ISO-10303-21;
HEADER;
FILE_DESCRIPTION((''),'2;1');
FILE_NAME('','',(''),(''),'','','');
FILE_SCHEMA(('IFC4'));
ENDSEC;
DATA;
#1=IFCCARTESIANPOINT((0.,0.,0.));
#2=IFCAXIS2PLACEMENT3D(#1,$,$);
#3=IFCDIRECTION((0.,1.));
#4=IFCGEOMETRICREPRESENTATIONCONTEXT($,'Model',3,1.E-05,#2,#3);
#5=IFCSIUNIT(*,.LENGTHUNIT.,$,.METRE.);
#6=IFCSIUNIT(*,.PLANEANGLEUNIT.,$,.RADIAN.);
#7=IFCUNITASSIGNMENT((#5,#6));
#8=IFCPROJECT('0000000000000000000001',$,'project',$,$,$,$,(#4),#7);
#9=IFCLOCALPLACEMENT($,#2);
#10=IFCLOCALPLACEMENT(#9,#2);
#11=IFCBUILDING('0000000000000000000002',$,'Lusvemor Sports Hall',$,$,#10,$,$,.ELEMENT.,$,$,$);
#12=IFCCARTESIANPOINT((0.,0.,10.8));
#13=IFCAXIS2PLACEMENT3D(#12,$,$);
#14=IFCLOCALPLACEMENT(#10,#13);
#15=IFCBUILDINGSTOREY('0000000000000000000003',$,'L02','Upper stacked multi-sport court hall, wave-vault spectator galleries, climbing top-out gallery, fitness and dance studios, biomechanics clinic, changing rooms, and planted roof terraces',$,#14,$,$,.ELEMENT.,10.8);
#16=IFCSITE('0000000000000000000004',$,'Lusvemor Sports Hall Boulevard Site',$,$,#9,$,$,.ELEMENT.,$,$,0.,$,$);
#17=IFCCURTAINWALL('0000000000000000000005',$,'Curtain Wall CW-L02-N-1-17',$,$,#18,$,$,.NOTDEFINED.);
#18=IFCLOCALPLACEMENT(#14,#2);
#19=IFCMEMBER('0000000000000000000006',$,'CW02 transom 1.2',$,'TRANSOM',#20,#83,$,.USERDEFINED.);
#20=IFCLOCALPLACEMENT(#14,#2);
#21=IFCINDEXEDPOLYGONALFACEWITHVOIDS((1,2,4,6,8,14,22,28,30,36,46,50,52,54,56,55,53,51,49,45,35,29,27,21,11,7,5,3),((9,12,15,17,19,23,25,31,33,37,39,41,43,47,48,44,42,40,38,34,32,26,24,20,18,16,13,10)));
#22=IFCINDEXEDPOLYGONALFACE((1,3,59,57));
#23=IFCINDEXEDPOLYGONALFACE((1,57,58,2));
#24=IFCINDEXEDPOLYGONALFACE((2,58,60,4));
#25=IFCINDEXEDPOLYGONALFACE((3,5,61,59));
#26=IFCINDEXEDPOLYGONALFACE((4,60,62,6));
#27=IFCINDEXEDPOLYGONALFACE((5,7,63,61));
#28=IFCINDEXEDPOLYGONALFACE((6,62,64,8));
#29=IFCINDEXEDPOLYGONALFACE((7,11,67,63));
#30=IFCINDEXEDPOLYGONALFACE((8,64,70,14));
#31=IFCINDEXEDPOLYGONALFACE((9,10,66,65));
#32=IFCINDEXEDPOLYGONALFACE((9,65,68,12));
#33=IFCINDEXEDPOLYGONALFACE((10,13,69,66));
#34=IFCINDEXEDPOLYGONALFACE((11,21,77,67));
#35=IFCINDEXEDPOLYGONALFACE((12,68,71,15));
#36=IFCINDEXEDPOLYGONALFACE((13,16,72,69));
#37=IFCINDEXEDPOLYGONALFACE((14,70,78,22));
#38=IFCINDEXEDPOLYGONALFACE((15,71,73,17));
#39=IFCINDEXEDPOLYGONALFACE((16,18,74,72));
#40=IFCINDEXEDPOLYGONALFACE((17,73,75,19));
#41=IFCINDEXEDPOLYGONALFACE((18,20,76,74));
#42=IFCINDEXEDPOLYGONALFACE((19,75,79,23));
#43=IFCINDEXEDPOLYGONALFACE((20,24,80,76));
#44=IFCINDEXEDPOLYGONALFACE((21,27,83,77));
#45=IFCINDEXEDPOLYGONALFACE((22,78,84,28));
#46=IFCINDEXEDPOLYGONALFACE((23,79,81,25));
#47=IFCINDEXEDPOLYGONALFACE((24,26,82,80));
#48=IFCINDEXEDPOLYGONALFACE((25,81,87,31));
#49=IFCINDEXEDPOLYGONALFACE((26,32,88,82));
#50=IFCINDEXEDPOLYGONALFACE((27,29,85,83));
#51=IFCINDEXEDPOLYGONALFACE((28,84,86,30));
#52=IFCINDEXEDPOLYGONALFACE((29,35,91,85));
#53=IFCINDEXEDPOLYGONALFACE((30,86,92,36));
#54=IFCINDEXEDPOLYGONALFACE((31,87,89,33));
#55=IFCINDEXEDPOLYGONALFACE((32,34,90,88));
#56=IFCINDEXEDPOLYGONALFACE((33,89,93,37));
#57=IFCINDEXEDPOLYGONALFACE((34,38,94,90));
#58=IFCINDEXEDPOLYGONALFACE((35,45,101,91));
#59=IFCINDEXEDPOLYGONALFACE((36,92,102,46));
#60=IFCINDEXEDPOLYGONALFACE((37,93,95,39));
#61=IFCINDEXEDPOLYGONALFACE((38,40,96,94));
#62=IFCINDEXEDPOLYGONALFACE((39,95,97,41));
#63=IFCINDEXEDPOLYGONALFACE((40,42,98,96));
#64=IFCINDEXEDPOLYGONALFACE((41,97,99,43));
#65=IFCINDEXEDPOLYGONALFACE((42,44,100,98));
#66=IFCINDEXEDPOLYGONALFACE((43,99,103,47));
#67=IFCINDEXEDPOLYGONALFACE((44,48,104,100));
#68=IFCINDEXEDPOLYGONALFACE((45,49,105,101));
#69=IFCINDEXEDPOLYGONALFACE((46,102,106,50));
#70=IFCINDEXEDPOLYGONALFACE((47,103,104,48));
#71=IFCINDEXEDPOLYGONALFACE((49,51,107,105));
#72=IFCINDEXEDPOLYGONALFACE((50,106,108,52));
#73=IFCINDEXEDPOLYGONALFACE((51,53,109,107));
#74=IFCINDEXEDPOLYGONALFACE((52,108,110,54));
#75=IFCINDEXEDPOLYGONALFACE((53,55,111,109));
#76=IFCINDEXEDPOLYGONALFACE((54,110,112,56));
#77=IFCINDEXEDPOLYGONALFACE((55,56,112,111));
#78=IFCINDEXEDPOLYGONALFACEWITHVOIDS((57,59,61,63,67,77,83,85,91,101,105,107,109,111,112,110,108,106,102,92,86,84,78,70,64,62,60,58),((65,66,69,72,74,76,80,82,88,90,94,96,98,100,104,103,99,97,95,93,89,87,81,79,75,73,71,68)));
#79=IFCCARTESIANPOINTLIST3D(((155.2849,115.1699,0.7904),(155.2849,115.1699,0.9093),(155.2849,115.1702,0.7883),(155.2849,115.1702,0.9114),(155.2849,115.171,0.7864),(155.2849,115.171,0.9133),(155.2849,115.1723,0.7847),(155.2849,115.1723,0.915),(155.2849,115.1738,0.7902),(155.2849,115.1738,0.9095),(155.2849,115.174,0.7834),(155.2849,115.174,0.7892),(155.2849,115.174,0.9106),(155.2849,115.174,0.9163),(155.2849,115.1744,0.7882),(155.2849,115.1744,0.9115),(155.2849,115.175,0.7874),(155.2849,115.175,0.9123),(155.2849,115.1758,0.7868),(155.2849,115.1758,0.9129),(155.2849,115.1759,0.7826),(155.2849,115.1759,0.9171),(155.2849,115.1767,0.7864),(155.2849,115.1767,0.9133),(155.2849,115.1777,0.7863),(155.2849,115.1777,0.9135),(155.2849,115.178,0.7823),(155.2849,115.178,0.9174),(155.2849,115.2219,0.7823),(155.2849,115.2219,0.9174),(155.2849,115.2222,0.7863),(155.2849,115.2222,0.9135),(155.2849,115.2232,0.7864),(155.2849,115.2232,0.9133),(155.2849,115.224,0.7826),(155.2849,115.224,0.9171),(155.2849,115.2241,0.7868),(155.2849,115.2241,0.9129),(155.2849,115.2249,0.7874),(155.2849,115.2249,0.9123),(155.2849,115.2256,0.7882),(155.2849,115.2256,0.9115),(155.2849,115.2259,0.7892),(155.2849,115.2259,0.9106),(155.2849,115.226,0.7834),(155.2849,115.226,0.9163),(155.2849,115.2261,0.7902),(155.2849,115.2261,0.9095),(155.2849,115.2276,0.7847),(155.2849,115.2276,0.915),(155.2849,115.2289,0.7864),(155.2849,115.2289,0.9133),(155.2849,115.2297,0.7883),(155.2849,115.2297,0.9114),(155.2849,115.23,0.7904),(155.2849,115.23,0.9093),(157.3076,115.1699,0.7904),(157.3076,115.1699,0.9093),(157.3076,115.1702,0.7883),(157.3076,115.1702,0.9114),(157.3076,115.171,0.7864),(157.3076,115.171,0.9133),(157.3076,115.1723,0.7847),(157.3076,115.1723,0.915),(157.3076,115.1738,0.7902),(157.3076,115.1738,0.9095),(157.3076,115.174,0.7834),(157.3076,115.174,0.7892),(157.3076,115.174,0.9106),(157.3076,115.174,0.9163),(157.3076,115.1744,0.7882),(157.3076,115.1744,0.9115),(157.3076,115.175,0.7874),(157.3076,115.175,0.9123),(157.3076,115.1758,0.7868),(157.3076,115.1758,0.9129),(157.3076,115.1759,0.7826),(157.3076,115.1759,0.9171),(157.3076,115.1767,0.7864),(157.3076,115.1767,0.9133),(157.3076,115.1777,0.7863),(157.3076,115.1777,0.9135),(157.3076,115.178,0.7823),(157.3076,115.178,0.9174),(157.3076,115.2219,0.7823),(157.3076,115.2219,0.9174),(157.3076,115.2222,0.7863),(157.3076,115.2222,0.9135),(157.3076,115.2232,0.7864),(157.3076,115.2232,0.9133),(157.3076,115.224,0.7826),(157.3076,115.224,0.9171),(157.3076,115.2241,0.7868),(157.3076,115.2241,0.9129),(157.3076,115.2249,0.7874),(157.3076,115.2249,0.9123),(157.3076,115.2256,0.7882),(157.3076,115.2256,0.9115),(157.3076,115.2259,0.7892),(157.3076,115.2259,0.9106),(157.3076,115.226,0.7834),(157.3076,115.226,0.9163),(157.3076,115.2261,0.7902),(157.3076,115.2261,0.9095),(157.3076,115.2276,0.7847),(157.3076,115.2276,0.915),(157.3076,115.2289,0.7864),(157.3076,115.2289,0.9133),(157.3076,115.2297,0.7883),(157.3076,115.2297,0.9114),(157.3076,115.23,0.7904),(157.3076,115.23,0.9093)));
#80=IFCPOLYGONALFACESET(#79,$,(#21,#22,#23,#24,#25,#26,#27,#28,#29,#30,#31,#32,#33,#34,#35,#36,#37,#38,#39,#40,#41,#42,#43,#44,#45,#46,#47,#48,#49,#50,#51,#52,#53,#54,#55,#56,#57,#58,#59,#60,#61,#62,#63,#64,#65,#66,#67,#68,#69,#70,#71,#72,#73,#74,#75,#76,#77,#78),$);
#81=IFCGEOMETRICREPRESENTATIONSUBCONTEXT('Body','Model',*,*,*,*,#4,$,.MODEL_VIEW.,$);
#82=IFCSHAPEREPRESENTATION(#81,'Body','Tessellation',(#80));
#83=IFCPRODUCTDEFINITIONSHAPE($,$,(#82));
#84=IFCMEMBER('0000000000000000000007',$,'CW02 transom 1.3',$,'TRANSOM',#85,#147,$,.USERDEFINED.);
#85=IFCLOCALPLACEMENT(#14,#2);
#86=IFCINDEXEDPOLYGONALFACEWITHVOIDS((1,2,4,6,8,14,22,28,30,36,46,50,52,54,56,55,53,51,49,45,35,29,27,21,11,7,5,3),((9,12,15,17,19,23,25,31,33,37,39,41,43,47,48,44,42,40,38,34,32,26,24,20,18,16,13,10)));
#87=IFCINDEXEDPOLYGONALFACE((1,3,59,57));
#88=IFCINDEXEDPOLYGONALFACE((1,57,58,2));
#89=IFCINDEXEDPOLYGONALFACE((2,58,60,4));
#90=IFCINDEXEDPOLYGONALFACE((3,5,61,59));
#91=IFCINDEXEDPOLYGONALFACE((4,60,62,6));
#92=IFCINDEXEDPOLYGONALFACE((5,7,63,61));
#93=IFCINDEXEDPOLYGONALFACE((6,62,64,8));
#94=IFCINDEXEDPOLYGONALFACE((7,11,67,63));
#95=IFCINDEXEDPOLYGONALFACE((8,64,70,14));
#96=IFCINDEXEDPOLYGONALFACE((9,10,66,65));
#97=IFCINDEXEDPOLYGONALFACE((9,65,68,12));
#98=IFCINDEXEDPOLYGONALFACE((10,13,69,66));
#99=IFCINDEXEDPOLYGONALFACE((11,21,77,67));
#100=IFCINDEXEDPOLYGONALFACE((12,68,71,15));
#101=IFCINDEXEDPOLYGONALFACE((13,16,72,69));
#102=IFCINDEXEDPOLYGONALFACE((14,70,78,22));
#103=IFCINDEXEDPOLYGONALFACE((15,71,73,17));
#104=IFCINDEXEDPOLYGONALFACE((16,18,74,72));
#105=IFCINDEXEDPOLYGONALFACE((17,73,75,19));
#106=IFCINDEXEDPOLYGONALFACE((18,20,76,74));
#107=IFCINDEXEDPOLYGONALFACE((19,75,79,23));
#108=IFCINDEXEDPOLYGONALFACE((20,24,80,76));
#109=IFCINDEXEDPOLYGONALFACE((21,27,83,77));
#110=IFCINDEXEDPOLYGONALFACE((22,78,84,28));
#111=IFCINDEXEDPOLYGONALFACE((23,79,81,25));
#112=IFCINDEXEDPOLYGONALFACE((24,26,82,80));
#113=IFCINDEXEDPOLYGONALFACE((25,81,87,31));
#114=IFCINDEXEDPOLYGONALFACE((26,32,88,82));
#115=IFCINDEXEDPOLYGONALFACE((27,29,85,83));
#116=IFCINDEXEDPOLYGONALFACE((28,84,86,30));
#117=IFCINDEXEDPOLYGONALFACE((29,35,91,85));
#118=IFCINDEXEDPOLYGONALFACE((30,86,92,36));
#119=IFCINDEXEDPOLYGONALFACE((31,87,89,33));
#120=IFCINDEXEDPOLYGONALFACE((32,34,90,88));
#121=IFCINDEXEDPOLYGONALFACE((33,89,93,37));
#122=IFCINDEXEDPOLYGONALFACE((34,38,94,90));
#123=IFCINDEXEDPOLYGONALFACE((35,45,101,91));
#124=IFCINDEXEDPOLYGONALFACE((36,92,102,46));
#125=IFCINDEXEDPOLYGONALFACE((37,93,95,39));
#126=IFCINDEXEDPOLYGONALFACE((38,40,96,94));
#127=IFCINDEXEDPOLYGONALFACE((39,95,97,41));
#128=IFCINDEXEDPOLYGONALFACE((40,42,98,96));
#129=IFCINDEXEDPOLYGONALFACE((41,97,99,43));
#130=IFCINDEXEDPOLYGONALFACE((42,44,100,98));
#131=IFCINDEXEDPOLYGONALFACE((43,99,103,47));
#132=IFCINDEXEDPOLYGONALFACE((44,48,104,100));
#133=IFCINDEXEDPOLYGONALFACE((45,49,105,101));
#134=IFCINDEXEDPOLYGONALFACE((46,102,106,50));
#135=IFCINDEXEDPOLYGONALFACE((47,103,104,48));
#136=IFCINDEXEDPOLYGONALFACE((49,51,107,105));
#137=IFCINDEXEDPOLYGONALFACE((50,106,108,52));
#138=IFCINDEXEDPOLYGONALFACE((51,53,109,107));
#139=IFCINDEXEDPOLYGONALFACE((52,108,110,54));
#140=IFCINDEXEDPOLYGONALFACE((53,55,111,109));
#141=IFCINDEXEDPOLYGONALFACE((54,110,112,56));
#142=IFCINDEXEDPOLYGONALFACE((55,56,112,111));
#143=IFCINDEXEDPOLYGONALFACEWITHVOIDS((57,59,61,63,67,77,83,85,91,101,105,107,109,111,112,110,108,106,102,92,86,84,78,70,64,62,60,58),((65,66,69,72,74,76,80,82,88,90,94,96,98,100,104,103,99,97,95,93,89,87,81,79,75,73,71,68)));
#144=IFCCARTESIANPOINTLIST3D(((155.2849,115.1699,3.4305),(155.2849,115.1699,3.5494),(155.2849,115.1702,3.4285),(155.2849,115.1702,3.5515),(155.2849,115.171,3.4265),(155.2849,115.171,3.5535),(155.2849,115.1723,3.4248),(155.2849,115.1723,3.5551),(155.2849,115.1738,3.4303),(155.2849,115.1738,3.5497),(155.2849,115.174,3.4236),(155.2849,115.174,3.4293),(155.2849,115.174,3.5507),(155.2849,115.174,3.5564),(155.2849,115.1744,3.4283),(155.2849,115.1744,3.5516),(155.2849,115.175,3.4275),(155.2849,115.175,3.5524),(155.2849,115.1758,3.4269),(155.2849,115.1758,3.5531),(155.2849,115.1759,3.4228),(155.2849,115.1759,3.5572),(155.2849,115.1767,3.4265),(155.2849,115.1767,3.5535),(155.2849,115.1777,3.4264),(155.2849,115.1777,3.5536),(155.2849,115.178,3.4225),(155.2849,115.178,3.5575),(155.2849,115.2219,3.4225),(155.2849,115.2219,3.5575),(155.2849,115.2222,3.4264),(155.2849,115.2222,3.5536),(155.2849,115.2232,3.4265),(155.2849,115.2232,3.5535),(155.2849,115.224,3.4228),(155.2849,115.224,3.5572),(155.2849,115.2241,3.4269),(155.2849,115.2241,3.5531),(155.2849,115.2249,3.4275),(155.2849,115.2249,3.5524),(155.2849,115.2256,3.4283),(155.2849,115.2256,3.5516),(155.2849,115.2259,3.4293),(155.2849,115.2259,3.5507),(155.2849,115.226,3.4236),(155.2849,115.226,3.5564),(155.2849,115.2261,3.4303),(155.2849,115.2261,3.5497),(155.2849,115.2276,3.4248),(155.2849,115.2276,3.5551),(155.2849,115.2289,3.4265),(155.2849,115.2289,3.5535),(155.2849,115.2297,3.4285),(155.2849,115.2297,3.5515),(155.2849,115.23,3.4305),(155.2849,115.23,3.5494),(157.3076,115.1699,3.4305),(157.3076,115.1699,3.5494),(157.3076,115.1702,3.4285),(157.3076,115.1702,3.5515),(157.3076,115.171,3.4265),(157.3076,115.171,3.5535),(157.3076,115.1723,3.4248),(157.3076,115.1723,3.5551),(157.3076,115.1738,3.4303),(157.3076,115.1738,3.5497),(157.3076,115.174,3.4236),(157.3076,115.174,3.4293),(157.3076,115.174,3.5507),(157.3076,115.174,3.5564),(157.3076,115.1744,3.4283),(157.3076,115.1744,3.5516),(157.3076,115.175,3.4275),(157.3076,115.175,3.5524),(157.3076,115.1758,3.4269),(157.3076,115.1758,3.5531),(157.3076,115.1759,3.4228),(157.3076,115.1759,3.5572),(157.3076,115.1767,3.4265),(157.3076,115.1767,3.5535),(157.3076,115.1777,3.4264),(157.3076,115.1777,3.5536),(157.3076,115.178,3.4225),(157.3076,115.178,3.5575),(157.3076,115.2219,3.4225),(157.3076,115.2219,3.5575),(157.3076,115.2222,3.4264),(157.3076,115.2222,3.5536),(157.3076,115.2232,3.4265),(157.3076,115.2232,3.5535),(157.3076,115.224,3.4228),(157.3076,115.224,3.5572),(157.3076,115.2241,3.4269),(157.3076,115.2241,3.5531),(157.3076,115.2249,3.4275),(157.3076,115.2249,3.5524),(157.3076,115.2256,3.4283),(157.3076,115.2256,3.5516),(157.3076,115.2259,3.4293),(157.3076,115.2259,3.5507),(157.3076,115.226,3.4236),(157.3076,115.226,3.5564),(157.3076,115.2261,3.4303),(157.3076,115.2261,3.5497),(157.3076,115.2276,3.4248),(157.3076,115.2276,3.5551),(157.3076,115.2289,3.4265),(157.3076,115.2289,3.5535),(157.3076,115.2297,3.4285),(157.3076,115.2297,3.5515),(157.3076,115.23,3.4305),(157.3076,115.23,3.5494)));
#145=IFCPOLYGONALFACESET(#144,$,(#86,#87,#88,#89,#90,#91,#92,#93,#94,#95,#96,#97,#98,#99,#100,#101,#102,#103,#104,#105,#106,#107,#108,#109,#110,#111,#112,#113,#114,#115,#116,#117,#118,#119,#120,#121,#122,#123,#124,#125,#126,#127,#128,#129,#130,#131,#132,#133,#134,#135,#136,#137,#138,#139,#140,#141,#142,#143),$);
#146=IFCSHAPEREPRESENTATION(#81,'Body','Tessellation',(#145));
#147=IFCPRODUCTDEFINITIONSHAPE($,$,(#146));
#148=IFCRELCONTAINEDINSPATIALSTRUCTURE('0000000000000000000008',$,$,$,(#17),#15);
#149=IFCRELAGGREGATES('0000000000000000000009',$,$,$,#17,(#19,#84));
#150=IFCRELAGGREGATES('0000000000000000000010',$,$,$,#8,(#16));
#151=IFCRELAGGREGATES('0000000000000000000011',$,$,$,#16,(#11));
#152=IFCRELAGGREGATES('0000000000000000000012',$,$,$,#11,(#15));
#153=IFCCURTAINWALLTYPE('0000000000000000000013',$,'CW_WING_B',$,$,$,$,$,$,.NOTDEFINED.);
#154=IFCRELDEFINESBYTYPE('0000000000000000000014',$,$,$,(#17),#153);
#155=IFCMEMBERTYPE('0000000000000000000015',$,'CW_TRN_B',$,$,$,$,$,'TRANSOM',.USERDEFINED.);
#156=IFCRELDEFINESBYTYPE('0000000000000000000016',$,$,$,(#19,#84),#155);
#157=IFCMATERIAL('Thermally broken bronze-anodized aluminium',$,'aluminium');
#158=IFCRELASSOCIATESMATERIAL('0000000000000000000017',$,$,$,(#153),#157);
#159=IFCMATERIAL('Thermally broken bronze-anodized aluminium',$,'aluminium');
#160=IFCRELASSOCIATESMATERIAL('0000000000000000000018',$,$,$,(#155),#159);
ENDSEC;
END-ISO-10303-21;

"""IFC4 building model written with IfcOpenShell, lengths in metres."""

from ifc_helpers import new_model, si_unit, direction, frame, origin, origin_2d, place, context, subcontext, project, spatial, hollow_rectangle, extrude, material, material_profile, profile_set, type_object, element, aggregate, save


model = new_model("IFC4")

# Units and contexts
model_context = context("Model", 3, precision=1e-05, world=origin(), true_north=direction((0.0, 1.0)))
body_context = subcontext(model_context, "Body", "Model", "MODEL_VIEW")
ifc_project = project(units=[si_unit("LENGTHUNIT", "METRE"), si_unit("PLANEANGLEUNIT", "RADIAN")], contexts=[model_context])

# Site, building, storey
site_placement = place(None, origin())
site = spatial("IfcSite", under=ifc_project, at=site_placement, Name="Lusvemor Sports Hall Boulevard Site", CompositionType="ELEMENT", RefElevation=0.0)
building_placement = place(site_placement, origin())
building = spatial("IfcBuilding", under=site, at=building_placement, Name="Lusvemor Sports Hall", CompositionType="ELEMENT")
storey_placement = place(building_placement, frame((0.0, 0.0, 10.8)))
storey = spatial("IfcBuildingStorey", under=building, at=storey_placement, Name="L02", Description="Upper stacked multi-sport court hall, wave-vault spectator galleries, climbing top-out gallery, fitness and dance studios, biomechanics clinic, changing rooms, and planted roof terraces", CompositionType="ELEMENT", Elevation=10.8)

# Curtain wall, members
ifc_material_1 = material(Name="Thermally broken bronze-anodized aluminium", Category="aluminium")
curtain_wall_type = type_object("IfcCurtainWallType", Name="CW_WING_B", PredefinedType="NOTDEFINED", material=ifc_material_1)
curtain_wall_placement = place(storey_placement, origin())
curtain_wall = element("IfcCurtainWall", 1, at=curtain_wall_placement, inside=storey, type_object=curtain_wall_type, Name="Curtain Wall CW-L02-N-1-17", PredefinedType="NOTDEFINED")
ifc_material_2 = material(Name="Thermally broken bronze-anodized aluminium", Category="aluminium")
ifc_material_profile_1 = material_profile(ifc_material_2, hollow_rectangle(XDim=0.0601, YDim=0.135, WallThickness=0.0039, InnerFilletRadius=0.0039, OuterFilletRadius=0.0081, at=origin_2d()), Name="CWTRN135x60x4")
ifc_profile_set_1 = profile_set([ifc_material_profile_1], Name="Thermally broken bronze-anodized aluminium")
member_type_1 = type_object("IfcMemberType", Name="CW_TRN_B", ElementType="TRANSOM", PredefinedType="USERDEFINED", material=ifc_profile_set_1)
member_1_placement = place(storey_placement, frame((155.2849, 115.2, 0.8499), z_axis=(1.0, 0.0, 0.0), x_axis=(0.0, 1.0, 0.0)))
member_1 = element("IfcMember", 2, at=member_1_placement, type_object=member_type_1, Name="CW02 transom 1.2", ObjectType="TRANSOM", PredefinedType="USERDEFINED", context=body_context, shape_type="SweptSolid", body=[
    extrude(hollow_rectangle(XDim=0.0601, YDim=0.135, WallThickness=0.0039, InnerFilletRadius=0.0039, OuterFilletRadius=0.0081, at=origin_2d()), origin(), (0.0, 0.0, 1.0), 2.0227),
])
member_2_placement = place(storey_placement, frame((155.2849, 115.2, 3.49), z_axis=(1.0, 0.0, 0.0), x_axis=(0.0, 1.0, 0.0)))
member_2 = element("IfcMember", 3, at=member_2_placement, type_object=member_type_1, Name="CW02 transom 1.3", ObjectType="TRANSOM", PredefinedType="USERDEFINED", context=body_context, shape_type="SweptSolid", body=[
    extrude(hollow_rectangle(XDim=0.0601, YDim=0.135, WallThickness=0.0039, InnerFilletRadius=0.0039, OuterFilletRadius=0.0081, at=origin_2d()), origin(), (0.0, 0.0, 1.0), 2.0227),
])
aggregate(curtain_wall, [member_1, member_2])

save(model, "model.ifc")
